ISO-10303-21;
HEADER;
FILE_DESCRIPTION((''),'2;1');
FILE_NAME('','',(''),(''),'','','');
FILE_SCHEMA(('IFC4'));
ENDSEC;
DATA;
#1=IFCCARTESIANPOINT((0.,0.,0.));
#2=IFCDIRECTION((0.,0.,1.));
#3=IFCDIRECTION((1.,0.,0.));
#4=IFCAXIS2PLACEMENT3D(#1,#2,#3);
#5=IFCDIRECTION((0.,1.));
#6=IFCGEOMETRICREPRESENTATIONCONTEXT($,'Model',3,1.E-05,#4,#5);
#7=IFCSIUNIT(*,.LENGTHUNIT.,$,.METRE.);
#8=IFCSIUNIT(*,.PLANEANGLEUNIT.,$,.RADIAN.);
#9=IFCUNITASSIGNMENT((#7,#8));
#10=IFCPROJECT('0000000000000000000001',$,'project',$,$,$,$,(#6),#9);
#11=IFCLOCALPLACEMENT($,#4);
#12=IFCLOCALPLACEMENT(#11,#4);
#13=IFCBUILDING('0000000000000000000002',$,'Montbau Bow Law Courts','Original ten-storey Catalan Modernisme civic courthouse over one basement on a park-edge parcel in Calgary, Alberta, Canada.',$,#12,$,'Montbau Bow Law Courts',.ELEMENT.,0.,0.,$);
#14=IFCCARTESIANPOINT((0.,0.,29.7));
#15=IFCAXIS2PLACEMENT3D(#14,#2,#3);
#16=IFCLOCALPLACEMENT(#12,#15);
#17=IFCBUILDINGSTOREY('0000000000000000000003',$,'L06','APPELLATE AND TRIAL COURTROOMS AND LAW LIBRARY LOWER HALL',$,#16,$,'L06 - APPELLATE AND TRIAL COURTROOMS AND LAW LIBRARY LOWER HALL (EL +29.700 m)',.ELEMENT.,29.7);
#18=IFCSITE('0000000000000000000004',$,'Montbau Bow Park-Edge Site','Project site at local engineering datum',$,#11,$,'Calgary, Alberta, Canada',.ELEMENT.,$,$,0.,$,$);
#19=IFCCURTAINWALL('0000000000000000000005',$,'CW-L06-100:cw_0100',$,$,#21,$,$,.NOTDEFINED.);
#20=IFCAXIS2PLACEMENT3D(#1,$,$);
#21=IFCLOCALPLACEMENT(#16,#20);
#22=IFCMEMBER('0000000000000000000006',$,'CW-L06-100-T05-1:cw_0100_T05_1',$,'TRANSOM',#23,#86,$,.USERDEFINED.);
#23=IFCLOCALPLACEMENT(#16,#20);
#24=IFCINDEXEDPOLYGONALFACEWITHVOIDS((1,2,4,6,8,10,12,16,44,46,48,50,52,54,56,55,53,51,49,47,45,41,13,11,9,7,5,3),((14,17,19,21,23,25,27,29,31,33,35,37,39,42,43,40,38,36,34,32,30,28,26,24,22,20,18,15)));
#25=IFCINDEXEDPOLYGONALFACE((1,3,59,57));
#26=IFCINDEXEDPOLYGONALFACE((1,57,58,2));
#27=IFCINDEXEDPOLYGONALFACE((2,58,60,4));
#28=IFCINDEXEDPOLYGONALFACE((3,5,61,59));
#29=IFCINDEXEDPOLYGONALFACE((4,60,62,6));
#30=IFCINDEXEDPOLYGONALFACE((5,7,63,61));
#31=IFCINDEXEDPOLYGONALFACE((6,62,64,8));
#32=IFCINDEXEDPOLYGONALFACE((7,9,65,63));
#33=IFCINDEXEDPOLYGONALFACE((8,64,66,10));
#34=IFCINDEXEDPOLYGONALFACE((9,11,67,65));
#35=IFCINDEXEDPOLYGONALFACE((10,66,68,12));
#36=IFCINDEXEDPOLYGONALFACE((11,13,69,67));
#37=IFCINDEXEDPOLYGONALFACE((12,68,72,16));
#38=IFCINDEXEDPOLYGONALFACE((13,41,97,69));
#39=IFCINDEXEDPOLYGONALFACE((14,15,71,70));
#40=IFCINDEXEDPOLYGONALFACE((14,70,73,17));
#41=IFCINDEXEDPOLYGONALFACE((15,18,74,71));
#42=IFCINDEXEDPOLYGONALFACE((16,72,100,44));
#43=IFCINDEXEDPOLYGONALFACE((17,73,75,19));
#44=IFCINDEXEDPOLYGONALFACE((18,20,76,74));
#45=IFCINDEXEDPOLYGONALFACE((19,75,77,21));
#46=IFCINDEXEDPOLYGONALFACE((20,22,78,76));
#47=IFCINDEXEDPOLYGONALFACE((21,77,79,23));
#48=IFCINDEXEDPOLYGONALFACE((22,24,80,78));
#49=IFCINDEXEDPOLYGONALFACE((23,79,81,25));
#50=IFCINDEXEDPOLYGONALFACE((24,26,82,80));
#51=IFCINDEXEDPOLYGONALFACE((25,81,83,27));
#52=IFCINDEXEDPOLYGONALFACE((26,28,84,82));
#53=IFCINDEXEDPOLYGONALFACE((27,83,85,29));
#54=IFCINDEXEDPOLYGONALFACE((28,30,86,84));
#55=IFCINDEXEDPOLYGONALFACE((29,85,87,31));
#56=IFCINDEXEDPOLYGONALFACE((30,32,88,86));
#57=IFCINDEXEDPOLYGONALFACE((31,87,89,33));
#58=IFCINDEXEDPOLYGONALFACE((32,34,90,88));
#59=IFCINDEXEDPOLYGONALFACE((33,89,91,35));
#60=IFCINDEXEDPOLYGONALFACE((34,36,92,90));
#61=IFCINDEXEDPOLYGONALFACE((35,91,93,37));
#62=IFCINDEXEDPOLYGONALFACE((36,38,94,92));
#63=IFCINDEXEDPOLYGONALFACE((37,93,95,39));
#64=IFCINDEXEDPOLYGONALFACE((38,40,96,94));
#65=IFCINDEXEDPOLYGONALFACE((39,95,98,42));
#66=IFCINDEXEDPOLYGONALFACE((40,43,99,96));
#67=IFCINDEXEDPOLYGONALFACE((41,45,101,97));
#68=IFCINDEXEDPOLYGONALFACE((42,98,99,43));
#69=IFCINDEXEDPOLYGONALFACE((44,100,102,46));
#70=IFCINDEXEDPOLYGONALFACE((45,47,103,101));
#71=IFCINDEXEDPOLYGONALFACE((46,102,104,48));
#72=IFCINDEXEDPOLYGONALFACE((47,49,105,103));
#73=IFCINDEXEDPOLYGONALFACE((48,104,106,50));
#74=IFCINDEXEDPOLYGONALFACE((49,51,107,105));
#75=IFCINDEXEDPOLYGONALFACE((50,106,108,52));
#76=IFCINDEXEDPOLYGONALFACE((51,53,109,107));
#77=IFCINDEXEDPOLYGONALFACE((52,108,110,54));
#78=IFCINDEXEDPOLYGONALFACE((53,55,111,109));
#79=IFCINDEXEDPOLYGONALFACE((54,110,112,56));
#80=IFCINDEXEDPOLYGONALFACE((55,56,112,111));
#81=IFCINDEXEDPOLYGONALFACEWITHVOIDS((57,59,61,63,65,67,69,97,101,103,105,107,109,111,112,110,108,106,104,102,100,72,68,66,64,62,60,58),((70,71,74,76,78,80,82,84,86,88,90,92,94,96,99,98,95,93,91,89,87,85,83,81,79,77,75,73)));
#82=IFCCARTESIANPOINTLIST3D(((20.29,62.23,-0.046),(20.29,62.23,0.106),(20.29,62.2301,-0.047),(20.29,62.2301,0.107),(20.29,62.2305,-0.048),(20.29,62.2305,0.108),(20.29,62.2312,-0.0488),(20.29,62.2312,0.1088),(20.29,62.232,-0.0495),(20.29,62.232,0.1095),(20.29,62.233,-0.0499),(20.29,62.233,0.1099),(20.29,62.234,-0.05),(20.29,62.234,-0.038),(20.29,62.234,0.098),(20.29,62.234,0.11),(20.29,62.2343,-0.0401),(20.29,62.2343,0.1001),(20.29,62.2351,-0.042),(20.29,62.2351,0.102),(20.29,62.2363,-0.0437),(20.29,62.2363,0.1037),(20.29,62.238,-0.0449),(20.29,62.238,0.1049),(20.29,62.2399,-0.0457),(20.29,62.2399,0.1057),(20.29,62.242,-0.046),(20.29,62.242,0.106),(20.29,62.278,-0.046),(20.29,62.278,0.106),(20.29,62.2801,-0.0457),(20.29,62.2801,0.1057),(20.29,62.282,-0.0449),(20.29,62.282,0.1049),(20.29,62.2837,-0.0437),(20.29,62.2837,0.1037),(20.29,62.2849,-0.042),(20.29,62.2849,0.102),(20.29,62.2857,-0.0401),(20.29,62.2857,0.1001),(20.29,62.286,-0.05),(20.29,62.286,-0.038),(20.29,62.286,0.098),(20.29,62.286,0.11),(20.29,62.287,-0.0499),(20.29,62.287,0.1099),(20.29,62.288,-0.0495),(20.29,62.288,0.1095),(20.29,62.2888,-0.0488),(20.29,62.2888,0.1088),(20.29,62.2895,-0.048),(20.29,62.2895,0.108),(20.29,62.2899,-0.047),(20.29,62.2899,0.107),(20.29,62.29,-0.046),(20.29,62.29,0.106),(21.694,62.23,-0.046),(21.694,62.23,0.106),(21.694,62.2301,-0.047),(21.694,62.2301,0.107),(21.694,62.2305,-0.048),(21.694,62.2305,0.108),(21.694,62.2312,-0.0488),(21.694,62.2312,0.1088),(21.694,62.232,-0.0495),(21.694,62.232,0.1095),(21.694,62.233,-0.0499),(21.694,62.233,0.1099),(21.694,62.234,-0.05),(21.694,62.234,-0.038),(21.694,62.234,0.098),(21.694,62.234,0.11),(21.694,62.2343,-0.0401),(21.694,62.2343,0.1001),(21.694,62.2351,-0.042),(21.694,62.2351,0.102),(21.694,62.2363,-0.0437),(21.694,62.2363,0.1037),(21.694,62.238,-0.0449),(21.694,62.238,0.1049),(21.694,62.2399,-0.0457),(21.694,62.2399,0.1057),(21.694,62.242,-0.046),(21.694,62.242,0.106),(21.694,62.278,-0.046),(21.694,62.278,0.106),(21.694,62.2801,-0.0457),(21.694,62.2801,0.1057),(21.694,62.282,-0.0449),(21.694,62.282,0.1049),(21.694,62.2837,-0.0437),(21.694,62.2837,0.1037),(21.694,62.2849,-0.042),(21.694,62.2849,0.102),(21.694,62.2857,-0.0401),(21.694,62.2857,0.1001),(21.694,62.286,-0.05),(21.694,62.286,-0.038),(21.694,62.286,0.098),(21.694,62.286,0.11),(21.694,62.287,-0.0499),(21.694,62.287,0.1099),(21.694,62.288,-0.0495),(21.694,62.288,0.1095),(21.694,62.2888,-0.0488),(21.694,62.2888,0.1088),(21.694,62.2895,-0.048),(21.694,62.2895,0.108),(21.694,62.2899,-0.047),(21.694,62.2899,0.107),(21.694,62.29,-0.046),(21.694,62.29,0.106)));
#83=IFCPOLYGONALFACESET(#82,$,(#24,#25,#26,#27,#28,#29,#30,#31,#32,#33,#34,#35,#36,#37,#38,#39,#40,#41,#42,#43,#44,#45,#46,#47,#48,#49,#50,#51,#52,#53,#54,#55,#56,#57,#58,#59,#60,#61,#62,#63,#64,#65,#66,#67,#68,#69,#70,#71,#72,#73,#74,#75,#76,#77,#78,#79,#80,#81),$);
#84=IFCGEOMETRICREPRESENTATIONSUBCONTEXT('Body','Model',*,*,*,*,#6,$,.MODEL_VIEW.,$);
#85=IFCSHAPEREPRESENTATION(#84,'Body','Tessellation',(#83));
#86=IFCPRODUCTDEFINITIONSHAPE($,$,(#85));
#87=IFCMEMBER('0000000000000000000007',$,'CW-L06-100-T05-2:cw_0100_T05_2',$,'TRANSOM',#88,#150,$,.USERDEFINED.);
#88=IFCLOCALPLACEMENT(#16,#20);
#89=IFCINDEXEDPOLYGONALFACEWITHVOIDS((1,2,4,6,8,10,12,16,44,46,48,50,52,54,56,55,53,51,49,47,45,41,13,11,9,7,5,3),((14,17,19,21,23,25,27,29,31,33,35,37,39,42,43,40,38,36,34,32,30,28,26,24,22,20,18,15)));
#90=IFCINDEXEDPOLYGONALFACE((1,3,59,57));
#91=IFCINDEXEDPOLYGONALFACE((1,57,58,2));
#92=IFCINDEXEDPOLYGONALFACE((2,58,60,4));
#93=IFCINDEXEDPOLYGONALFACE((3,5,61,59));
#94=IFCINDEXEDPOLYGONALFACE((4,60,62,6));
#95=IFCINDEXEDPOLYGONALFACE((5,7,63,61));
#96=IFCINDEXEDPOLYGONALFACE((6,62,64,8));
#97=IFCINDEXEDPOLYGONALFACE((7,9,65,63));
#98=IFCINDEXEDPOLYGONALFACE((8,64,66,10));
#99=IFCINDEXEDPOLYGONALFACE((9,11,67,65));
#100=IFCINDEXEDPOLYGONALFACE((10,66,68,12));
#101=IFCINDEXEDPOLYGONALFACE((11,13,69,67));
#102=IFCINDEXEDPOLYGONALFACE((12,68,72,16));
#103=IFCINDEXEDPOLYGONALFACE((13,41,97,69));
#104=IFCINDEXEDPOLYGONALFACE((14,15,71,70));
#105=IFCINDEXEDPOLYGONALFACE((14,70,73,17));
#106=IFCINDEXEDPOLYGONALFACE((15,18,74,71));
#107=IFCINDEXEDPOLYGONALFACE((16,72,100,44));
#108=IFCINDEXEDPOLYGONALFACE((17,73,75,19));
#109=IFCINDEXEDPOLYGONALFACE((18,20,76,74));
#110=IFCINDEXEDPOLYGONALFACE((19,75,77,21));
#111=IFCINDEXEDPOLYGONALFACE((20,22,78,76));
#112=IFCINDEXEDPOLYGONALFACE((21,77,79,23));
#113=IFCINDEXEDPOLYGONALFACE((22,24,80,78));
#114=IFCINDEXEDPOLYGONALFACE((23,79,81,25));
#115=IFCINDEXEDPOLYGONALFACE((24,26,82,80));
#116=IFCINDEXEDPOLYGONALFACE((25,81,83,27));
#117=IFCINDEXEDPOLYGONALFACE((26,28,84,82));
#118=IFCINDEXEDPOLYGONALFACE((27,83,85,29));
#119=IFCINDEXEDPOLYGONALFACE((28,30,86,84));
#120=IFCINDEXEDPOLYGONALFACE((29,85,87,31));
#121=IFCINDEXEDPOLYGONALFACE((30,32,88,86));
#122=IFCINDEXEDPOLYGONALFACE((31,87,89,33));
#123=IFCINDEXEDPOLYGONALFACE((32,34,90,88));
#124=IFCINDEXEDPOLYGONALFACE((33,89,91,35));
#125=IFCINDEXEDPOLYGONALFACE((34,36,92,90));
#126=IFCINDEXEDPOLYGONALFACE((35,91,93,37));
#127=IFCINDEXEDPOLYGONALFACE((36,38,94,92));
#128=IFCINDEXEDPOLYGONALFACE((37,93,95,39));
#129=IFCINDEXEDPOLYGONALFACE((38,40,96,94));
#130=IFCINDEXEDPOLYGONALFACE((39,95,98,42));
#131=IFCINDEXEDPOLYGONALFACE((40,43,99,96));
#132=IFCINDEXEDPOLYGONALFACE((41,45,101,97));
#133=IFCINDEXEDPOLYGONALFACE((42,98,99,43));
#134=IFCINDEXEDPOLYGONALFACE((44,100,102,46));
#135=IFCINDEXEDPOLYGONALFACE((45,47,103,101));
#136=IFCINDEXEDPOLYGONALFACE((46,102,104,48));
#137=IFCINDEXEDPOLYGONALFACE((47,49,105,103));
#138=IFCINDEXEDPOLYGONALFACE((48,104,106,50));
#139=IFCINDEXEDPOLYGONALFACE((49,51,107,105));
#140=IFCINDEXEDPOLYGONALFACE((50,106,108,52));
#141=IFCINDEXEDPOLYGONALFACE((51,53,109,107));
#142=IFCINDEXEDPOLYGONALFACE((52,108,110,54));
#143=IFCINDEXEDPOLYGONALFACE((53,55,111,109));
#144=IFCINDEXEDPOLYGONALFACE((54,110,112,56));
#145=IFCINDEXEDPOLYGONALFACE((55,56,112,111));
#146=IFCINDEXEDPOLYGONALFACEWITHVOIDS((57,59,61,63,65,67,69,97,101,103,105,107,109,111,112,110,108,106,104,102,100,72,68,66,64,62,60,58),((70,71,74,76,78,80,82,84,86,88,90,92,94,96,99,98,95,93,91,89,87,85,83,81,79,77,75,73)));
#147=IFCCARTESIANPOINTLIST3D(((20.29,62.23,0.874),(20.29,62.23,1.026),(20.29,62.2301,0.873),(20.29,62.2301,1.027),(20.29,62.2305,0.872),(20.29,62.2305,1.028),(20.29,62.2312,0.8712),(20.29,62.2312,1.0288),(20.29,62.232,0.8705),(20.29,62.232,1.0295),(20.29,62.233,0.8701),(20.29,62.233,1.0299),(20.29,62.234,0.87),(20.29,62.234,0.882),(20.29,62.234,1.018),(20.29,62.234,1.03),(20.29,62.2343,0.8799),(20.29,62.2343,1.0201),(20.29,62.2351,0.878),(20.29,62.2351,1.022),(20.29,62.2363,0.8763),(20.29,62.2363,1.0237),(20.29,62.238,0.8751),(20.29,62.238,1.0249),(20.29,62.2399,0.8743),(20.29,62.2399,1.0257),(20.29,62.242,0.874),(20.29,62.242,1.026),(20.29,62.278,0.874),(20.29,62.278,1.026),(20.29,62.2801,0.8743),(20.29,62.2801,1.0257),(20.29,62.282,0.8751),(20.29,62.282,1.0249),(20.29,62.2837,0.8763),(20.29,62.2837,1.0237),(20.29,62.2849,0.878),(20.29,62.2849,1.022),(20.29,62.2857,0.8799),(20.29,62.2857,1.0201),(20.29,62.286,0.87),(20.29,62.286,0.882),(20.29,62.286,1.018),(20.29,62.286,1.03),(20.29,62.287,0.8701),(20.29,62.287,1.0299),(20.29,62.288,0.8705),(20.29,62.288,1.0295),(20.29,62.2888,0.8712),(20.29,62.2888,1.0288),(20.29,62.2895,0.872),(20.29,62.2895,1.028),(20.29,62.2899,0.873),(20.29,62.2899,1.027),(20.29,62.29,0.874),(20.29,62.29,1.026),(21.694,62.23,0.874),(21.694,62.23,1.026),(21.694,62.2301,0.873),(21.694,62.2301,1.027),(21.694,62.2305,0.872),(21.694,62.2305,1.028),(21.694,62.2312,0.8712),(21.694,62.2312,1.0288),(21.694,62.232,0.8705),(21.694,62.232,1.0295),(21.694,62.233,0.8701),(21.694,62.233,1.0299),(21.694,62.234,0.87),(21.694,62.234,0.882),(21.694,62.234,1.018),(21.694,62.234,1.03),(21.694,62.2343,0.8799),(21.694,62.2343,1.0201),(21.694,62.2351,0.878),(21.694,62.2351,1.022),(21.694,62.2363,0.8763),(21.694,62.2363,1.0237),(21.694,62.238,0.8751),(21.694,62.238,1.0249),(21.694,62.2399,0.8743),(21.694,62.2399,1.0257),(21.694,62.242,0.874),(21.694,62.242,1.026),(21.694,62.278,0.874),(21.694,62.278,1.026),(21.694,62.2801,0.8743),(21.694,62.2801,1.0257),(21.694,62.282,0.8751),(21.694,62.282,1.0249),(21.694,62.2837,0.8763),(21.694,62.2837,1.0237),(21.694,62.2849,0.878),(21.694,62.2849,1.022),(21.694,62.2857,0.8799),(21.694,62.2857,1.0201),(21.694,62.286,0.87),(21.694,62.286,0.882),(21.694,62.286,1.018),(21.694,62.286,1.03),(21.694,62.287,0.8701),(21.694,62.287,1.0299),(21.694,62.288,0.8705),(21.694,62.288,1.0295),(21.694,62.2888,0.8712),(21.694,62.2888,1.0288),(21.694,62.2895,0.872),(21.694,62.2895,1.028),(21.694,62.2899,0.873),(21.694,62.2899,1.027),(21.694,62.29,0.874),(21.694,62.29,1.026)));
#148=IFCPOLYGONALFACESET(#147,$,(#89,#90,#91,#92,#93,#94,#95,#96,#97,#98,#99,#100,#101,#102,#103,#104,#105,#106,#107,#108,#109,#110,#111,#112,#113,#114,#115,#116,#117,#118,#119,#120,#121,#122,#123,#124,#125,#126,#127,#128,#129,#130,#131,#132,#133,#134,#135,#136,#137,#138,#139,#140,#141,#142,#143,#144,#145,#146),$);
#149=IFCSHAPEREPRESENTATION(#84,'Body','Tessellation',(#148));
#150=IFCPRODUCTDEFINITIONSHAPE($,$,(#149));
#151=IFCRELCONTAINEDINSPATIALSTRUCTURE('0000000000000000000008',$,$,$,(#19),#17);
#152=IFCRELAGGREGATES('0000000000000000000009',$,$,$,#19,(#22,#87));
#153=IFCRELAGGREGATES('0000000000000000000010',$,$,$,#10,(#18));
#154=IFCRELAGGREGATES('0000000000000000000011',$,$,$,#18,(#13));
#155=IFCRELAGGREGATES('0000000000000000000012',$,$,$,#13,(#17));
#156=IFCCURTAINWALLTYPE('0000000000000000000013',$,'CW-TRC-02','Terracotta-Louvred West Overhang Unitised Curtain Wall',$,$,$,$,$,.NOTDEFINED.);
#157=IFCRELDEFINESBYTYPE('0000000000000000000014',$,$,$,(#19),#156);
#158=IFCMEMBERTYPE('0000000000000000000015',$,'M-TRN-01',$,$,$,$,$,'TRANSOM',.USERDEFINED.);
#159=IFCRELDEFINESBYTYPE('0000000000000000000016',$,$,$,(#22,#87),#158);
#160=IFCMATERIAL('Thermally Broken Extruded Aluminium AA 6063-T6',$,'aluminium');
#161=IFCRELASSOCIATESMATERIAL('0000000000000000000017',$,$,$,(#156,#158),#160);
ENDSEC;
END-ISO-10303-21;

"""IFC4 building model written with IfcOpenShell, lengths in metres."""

from ifc_helpers import new_model, si_unit, direction, frame, origin_with_axes, origin_2d_with_axis, place, context, subcontext, project, spatial, hollow_rectangle, extrude, material, material_profile, profile_set, type_object, element, aggregate, save


model = new_model("IFC4")

# Units and contexts
model_context = context("Model", 3, precision=1e-05, world=origin_with_axes(), true_north=direction((0.0, 1.0)))
body_context = subcontext(model_context, "Body", "Model", "MODEL_VIEW")
ifc_project = project(units=[si_unit("LENGTHUNIT", "METRE"), si_unit("PLANEANGLEUNIT", "RADIAN")], contexts=[model_context])

# Site, building, storey
site_placement = place(None, origin_with_axes())
site = spatial("IfcSite", under=ifc_project, at=site_placement, Name="Montbau Bow Park-Edge Site", Description="Project site at local engineering datum", LongName="Calgary, Alberta, Canada", CompositionType="ELEMENT", RefElevation=0.0)
building_placement = place(site_placement, origin_with_axes())
building = spatial("IfcBuilding", under=site, at=building_placement, Name="Montbau Bow Law Courts", Description="Original ten-storey Catalan Modernisme civic courthouse over one basement on a park-edge parcel in Calgary, Alberta, Canada.", LongName="Montbau Bow Law Courts", CompositionType="ELEMENT", ElevationOfRefHeight=0.0, ElevationOfTerrain=0.0)
storey_placement = place(building_placement, frame((0.0, 0.0, 29.7), z_axis=(0.0, 0.0, 1.0), x_axis=(1.0, 0.0, 0.0)))
storey = spatial("IfcBuildingStorey", under=building, at=storey_placement, Name="L06", Description="APPELLATE AND TRIAL COURTROOMS AND LAW LIBRARY LOWER HALL", LongName="L06 - APPELLATE AND TRIAL COURTROOMS AND LAW LIBRARY LOWER HALL (EL +29.700 m)", CompositionType="ELEMENT", Elevation=29.7)

# Curtain wall
ifc_material_1 = material(Name="Thermally Broken Extruded Aluminium AA 6063-T6", Category="aluminium")
curtain_wall_type = type_object("IfcCurtainWallType", Name="CW-TRC-02", Description="Terracotta-Louvred West Overhang Unitised Curtain Wall", PredefinedType="NOTDEFINED", material=ifc_material_1)
curtain_wall_1_placement = place(None, frame((14.24, 62.26, 29.7), z_axis=(0.0, 0.0, 1.0), x_axis=(1.0, 0.0, 0.0)))
curtain_wall_1 = element("IfcCurtainWall", 1, at=curtain_wall_1_placement, inside=storey, type_object=curtain_wall_type, Name="CW-L06-100:cw_0100", PredefinedType="NOTDEFINED")

# Members
ifc_material_profile_1 = material_profile(ifc_material_1, hollow_rectangle(XDim=0.06, YDim=0.16, WallThickness=0.004, InnerFilletRadius=0.008, OuterFilletRadius=0.004, at=origin_2d_with_axis()), Name="CWT-160X60", Category="Main", Priority=0)
ifc_profile_set_1 = profile_set([ifc_material_profile_1], Name="Thermally Broken Extruded Aluminium AA 6063-T6")
member_type_1 = type_object("IfcMemberType", Name="M-TRN-01", ElementType="TRANSOM", PredefinedType="USERDEFINED", material=ifc_profile_set_1)
member_1_placement = place(None, frame((20.29, 62.26, 29.73), z_axis=(1.0, 0.0, 0.0), x_axis=(0.0, 1.0, 0.0)))
member_1 = element("IfcMember", 2, at=member_1_placement, type_object=member_type_1, Name="CW-L06-100-T05-1:cw_0100_T05_1", ObjectType="TRANSOM", PredefinedType="USERDEFINED", context=body_context, shape_type="SweptSolid", body=[
    extrude(hollow_rectangle(XDim=0.06, YDim=0.16, WallThickness=0.004, InnerFilletRadius=0.008, OuterFilletRadius=0.004, at=origin_2d_with_axis()), origin_with_axes(), (0.0, 0.0, 1.0), 1.404),
])
member_2_placement = place(None, frame((20.29, 62.26, 30.65), z_axis=(1.0, 0.0, 0.0), x_axis=(0.0, 1.0, 0.0)))
member_2 = element("IfcMember", 3, at=member_2_placement, type_object=member_type_1, Name="CW-L06-100-T05-2:cw_0100_T05_2", ObjectType="TRANSOM", PredefinedType="USERDEFINED", context=body_context, shape_type="SweptSolid", body=[
    extrude(hollow_rectangle(XDim=0.06, YDim=0.16, WallThickness=0.004, InnerFilletRadius=0.008, OuterFilletRadius=0.004, at=origin_2d_with_axis()), origin_with_axes(), (0.0, 0.0, 1.0), 1.404),
])

aggregate(curtain_wall_1, [member_1, member_2])

save(model, "model.ifc")
